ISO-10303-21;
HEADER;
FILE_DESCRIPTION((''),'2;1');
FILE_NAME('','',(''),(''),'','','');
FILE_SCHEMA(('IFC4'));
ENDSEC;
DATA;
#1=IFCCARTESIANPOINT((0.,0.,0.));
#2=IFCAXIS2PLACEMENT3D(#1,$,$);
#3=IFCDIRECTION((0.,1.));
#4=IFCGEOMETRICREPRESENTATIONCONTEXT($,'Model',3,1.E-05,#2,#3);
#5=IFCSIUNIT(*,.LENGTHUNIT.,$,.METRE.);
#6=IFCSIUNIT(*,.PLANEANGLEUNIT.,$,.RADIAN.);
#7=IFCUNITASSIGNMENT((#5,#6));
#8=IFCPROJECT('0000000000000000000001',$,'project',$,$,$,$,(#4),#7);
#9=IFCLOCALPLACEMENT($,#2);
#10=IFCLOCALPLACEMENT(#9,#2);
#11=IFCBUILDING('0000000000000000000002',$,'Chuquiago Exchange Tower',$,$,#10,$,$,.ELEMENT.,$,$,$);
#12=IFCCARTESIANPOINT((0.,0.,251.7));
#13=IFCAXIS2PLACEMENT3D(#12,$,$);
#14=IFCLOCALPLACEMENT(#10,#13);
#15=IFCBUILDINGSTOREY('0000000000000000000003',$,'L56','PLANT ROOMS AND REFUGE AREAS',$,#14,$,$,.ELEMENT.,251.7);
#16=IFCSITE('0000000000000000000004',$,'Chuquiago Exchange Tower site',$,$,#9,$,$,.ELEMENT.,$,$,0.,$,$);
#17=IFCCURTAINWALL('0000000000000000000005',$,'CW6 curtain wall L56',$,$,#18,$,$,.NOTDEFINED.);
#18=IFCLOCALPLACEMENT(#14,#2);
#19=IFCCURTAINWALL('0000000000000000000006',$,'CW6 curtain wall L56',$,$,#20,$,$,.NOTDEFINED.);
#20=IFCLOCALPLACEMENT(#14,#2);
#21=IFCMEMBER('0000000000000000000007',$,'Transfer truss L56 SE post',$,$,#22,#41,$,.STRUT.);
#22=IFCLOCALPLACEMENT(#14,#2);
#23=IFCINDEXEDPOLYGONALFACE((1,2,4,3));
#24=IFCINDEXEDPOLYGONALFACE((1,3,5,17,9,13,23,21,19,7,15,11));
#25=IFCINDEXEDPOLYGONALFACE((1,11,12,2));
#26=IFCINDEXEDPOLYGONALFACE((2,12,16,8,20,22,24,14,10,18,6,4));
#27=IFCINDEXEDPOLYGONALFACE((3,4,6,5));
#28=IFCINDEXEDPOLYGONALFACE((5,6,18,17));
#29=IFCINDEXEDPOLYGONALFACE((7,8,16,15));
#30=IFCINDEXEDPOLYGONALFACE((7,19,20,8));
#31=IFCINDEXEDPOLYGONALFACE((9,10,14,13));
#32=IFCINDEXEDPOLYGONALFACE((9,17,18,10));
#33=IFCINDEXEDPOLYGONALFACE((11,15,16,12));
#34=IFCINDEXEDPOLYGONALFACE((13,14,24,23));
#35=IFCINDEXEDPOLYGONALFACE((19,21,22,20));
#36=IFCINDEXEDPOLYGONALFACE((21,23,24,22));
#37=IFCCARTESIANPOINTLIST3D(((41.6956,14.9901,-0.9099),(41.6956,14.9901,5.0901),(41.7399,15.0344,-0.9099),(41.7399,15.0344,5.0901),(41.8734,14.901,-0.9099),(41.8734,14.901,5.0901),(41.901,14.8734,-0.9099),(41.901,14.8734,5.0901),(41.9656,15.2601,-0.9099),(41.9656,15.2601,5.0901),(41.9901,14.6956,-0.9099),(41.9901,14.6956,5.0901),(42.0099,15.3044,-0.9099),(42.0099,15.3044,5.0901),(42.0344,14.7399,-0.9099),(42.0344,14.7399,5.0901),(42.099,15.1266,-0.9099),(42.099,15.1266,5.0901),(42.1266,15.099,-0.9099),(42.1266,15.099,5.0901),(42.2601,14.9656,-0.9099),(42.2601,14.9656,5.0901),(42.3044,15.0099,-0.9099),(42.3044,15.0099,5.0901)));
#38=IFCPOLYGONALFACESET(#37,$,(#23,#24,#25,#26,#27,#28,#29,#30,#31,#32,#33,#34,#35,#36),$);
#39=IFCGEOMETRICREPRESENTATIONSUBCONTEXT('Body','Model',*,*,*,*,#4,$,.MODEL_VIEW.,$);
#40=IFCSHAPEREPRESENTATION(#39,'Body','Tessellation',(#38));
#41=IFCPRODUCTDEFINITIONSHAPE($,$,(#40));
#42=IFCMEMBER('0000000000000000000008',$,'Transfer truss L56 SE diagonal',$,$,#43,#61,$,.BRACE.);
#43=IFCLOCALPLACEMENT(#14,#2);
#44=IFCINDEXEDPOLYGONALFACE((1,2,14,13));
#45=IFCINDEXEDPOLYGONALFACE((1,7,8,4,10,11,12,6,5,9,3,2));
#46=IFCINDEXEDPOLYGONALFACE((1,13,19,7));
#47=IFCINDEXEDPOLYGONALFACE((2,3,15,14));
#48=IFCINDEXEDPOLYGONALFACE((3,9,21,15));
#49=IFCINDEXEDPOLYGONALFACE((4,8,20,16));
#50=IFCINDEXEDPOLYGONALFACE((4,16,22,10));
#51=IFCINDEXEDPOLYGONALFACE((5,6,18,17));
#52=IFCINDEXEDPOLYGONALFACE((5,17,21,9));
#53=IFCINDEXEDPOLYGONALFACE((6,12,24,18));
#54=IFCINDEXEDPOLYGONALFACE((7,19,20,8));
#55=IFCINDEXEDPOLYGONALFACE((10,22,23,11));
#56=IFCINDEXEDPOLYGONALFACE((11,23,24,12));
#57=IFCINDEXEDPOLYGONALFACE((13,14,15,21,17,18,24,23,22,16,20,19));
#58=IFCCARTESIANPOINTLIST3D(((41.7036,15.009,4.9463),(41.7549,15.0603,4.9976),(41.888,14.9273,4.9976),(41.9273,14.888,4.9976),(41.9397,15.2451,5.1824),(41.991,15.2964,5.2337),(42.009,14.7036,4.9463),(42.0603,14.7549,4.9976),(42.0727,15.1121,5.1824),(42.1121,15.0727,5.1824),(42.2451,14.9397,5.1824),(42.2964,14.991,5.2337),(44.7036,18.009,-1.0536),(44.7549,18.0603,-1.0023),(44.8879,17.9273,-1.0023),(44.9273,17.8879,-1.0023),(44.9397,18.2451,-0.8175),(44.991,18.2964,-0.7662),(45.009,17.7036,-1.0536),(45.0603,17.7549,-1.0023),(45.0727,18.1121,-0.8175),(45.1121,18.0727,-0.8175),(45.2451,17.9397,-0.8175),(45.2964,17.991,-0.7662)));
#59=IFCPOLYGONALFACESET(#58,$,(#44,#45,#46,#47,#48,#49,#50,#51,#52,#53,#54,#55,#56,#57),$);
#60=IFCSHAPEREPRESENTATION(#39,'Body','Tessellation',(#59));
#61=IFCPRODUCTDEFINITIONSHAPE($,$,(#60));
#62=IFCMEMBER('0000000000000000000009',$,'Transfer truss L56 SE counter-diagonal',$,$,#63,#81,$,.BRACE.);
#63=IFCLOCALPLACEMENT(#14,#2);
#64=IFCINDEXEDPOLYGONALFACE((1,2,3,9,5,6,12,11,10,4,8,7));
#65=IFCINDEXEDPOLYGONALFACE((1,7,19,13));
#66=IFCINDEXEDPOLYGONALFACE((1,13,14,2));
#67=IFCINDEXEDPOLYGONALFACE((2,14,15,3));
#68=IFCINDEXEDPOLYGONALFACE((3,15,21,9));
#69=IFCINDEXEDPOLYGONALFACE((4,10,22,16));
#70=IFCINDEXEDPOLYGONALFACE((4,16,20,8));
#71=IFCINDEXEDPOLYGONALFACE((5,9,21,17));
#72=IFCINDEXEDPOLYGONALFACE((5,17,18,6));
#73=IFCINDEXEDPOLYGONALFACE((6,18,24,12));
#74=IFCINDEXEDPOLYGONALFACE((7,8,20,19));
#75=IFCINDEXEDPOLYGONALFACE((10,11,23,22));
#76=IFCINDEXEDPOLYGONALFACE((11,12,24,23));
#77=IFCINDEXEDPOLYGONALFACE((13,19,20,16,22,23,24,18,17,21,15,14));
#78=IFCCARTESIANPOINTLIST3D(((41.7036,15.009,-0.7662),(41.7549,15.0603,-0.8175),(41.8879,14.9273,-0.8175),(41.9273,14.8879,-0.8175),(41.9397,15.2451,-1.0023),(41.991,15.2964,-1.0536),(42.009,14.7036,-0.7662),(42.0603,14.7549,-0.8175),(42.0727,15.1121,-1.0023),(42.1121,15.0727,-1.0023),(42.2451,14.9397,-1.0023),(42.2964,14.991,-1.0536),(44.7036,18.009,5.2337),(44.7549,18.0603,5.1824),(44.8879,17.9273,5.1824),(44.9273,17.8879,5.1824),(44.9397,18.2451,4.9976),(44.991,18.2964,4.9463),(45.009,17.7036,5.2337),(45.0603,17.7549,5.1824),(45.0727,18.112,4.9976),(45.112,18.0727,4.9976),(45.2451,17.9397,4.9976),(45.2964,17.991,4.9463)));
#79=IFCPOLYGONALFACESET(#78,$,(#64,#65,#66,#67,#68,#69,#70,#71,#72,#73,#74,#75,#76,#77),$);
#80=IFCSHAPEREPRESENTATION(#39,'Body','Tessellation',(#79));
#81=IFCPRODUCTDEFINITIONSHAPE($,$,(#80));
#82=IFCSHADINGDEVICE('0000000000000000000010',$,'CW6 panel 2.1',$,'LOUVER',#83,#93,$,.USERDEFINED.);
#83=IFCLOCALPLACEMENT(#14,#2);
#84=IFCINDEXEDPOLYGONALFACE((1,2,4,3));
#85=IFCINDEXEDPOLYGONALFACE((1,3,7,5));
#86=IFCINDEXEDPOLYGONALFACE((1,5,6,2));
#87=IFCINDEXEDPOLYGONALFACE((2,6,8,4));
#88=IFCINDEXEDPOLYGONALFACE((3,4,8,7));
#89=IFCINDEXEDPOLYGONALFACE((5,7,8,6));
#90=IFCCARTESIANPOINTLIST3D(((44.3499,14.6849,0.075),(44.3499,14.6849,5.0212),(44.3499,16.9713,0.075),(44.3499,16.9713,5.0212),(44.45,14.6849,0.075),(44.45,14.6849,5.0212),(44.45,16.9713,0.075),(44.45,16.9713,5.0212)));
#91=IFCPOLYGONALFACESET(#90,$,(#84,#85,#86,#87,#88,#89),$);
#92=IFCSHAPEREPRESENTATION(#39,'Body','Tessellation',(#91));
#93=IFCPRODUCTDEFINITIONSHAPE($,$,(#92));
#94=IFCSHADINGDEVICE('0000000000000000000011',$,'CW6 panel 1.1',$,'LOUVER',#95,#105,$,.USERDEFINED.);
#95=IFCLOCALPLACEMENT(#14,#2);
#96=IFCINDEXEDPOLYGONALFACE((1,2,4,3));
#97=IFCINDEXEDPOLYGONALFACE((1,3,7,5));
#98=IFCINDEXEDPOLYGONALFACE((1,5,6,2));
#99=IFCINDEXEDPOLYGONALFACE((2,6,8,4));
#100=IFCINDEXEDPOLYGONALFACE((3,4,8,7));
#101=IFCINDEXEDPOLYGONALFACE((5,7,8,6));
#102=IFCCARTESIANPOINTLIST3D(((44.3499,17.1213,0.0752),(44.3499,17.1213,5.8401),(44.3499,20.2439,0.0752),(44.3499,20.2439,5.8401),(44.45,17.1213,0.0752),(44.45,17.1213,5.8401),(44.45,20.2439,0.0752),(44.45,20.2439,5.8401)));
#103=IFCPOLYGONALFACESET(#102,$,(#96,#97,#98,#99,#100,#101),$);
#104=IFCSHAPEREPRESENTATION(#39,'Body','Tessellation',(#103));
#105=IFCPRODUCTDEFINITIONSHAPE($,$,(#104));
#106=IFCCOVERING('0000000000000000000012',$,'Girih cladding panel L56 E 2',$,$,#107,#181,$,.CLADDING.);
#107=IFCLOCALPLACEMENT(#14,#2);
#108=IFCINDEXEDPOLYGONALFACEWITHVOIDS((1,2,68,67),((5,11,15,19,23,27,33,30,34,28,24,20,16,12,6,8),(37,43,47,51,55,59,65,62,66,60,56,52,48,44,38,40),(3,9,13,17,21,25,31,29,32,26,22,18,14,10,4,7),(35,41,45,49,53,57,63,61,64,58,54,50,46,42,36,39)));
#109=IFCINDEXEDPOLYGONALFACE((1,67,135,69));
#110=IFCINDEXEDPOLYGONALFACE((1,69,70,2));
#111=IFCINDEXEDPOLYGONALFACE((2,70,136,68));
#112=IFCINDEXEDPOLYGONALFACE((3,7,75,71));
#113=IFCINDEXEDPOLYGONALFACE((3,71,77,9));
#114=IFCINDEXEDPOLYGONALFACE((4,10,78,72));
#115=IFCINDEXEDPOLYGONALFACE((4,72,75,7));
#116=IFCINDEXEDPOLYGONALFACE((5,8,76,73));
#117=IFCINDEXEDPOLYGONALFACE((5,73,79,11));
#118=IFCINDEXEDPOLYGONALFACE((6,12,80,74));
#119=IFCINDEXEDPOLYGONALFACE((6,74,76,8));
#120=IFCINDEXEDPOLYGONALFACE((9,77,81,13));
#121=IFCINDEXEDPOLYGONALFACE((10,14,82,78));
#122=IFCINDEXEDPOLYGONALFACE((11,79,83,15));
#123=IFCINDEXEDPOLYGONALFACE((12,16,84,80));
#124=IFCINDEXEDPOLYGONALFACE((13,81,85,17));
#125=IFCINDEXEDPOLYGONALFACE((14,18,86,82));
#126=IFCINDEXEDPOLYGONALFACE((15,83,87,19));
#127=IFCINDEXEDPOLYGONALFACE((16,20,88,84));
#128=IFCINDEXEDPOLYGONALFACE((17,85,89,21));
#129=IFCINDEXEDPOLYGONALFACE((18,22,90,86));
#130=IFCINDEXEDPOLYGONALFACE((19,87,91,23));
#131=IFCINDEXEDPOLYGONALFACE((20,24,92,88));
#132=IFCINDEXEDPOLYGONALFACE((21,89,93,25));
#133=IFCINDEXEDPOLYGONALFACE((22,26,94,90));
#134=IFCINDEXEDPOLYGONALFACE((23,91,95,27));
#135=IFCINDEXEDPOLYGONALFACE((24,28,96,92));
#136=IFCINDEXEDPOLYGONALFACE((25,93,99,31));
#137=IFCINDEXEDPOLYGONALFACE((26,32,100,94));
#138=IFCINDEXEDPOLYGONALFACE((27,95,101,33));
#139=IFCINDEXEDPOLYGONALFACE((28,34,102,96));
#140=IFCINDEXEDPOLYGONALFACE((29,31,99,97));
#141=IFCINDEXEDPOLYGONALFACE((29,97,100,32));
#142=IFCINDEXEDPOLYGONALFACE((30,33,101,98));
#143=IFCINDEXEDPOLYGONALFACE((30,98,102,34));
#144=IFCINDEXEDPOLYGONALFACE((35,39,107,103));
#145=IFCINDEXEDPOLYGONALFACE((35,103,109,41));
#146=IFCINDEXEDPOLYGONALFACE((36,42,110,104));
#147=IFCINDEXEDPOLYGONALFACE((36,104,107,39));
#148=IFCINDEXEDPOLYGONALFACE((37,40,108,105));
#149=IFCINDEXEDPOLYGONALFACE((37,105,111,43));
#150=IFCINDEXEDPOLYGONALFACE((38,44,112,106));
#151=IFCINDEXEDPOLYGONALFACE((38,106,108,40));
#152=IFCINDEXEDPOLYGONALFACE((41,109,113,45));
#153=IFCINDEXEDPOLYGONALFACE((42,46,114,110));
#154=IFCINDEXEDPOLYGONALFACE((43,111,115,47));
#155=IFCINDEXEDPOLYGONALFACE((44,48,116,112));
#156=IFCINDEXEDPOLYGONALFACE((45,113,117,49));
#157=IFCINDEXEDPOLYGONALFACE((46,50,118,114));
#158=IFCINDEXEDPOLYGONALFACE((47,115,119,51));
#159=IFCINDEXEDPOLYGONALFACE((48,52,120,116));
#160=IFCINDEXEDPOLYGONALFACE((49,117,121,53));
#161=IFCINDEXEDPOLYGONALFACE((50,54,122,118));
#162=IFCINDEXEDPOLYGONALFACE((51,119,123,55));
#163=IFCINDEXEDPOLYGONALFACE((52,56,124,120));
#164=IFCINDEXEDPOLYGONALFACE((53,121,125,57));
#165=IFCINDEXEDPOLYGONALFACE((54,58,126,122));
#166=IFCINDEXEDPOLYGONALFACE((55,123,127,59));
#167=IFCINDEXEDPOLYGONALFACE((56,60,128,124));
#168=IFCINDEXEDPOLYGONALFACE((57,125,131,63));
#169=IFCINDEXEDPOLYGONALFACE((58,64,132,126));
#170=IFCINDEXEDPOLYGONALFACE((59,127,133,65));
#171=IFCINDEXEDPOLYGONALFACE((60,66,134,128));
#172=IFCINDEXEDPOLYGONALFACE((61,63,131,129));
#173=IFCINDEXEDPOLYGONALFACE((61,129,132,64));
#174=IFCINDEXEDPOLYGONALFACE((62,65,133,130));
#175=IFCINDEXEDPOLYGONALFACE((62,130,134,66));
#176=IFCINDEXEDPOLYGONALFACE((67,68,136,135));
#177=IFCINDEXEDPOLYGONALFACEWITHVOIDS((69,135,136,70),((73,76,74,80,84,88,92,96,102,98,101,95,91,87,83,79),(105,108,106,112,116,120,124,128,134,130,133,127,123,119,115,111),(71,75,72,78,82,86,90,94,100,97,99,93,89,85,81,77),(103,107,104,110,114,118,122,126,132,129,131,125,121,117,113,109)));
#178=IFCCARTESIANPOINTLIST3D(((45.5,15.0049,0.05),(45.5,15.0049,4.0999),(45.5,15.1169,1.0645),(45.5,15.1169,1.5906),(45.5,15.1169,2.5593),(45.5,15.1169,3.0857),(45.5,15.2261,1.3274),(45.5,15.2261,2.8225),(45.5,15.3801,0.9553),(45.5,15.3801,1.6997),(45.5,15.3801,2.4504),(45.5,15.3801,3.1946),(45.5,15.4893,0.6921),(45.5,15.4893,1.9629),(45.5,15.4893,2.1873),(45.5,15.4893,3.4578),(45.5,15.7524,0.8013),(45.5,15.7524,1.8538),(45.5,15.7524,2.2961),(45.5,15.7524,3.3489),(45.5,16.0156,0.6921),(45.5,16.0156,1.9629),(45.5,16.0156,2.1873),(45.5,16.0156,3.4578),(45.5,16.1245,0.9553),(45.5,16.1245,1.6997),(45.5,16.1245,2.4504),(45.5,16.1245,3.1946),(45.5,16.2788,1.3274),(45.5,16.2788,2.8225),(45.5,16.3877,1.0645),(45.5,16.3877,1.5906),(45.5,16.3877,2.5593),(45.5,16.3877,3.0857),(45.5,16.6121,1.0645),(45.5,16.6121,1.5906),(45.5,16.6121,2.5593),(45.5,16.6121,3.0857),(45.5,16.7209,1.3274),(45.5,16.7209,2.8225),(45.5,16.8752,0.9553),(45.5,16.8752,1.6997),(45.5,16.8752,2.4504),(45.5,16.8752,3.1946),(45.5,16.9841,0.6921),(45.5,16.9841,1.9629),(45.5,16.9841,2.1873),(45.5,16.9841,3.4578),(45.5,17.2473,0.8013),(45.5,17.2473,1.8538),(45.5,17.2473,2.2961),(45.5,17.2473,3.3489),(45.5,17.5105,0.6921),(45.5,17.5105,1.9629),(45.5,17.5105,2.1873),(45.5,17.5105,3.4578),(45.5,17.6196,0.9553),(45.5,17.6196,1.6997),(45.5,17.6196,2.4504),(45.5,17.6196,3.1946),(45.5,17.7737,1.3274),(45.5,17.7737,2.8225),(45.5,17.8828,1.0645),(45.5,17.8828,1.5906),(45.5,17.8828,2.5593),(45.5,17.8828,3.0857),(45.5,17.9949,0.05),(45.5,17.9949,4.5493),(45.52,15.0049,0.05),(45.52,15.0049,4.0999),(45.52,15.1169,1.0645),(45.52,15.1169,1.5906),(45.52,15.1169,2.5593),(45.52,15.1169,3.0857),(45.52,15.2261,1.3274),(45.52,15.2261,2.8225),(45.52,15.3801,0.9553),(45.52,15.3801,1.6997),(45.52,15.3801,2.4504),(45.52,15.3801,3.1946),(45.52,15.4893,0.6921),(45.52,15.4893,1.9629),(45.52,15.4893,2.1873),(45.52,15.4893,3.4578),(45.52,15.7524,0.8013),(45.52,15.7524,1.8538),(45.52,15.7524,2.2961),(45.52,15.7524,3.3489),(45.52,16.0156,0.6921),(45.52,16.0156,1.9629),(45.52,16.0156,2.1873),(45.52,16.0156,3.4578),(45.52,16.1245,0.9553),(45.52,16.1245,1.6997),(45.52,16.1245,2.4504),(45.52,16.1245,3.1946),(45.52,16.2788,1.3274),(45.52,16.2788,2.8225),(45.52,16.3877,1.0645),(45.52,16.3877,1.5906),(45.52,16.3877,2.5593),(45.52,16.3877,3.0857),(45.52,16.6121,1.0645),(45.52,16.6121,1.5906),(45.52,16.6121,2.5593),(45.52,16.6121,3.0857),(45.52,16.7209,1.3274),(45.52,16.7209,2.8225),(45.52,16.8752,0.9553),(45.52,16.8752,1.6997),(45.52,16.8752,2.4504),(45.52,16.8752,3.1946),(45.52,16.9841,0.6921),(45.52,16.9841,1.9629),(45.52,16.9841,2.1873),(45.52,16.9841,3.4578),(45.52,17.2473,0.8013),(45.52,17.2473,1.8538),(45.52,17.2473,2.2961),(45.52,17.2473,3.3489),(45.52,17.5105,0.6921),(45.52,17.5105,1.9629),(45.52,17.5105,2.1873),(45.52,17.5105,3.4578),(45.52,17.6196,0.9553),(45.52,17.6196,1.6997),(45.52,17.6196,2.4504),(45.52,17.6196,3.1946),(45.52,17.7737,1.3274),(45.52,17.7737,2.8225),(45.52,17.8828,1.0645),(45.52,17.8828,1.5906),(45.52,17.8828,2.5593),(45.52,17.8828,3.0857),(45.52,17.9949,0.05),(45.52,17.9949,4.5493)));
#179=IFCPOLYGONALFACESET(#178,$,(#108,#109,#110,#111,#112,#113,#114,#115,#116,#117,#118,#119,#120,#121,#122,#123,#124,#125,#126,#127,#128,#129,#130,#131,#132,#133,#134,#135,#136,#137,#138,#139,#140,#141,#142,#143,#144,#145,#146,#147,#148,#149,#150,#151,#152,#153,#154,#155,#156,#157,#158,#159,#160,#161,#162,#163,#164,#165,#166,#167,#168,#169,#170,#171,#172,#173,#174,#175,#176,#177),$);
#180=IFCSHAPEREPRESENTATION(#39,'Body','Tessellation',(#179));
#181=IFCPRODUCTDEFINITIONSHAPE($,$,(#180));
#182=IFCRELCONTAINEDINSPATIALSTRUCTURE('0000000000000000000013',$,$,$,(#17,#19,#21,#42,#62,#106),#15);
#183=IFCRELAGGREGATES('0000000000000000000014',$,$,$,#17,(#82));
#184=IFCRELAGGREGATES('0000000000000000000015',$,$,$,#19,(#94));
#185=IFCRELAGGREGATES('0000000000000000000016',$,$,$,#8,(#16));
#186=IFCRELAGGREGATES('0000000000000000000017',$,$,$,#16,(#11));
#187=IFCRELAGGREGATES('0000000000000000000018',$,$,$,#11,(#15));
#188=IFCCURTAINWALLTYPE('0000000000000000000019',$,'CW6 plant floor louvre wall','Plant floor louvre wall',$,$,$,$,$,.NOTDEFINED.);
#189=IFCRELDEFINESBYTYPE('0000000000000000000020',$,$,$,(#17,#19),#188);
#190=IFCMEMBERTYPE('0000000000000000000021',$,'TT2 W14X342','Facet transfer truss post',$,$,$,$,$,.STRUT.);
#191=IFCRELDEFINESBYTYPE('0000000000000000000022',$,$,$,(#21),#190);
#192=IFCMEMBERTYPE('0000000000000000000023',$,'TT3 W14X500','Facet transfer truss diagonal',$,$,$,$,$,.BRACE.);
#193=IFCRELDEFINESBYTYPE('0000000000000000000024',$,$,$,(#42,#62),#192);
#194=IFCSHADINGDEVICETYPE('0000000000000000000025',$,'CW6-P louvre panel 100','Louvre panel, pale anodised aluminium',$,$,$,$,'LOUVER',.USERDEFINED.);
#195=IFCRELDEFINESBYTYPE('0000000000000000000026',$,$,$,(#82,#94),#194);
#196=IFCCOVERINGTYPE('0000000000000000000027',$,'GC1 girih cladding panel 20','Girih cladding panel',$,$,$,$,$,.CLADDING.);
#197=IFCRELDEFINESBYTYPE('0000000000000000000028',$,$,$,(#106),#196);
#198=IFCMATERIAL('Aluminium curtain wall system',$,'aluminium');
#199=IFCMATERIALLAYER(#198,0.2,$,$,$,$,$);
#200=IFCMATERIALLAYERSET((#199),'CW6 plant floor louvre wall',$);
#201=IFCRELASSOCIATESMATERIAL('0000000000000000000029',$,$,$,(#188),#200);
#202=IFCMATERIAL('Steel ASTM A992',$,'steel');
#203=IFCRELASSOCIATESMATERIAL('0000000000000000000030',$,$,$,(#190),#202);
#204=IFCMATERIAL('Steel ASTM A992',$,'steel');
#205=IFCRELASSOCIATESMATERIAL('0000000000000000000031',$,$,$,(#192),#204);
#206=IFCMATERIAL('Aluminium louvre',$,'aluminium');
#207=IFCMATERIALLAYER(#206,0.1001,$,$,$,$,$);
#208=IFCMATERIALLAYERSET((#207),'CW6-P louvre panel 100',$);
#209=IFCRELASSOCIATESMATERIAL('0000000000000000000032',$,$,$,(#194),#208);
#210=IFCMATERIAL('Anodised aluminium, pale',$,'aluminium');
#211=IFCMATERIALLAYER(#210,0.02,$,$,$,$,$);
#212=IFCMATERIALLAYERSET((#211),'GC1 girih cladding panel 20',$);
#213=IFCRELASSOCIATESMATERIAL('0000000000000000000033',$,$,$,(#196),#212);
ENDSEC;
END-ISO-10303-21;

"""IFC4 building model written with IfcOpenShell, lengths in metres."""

from ifc_helpers import new_model, si_unit, direction, frame, origin, origin_2d, place, context, subcontext, project, spatial, polyline, rectangle, i_section, outline, extrude, material, layer, layer_set, material_profile, profile_set, type_object, element, aggregate, save


model = new_model("IFC4")

# Units and contexts
model_context = context("Model", 3, precision=1e-05, world=origin(), true_north=direction((0.0, 1.0)))
body_context = subcontext(model_context, "Body", "Model", "MODEL_VIEW")
ifc_project = project(units=[si_unit("LENGTHUNIT", "METRE"), si_unit("PLANEANGLEUNIT", "RADIAN")], contexts=[model_context])

# Site, building, storey
site_placement = place(None, origin())
site = spatial("IfcSite", under=ifc_project, at=site_placement, Name="Chuquiago Exchange Tower site", CompositionType="ELEMENT", RefElevation=0.0)
building_placement = place(site_placement, origin())
building = spatial("IfcBuilding", under=site, at=building_placement, Name="Chuquiago Exchange Tower", CompositionType="ELEMENT")
storey_placement = place(building_placement, frame((0.0, 0.0, 251.7)))
storey = spatial("IfcBuildingStorey", under=building, at=storey_placement, Name="L56", Description="PLANT ROOMS AND REFUGE AREAS", CompositionType="ELEMENT", Elevation=251.7)

# Curtain wall
ifc_material_1 = material(Name="Aluminium curtain wall system", Category="aluminium")
ifc_layer_1 = layer(ifc_material_1, 0.2)
ifc_layer_set_1 = layer_set([ifc_layer_1], Name="CW6 plant floor louvre wall")
curtain_wall_type = type_object("IfcCurtainWallType", Name="CW6 plant floor louvre wall", Description="Plant floor louvre wall", PredefinedType="NOTDEFINED", material=ifc_layer_set_1)
curtain_wall_1_placement = place(storey_placement, origin())
curtain_wall_1 = element("IfcCurtainWall", 1, at=curtain_wall_1_placement, inside=storey, type_object=curtain_wall_type, Name="CW6 curtain wall L56", PredefinedType="NOTDEFINED")

# Curtain wall
curtain_wall_2_placement = place(storey_placement, origin())
curtain_wall_2 = element("IfcCurtainWall", 2, at=curtain_wall_2_placement, inside=storey, type_object=curtain_wall_type, Name="CW6 curtain wall L56", PredefinedType="NOTDEFINED")

# Members
ifc_material_2 = material(Name="Steel ASTM A992", Category="steel")
ifc_material_profile_1 = material_profile(ifc_material_2, i_section(OverallWidth=0.4165, OverallDepth=0.4446, WebThickness=0.0391, FlangeThickness=0.0627, at=origin_2d()), Name="W14X342")
ifc_profile_set_1 = profile_set([ifc_material_profile_1], Name="Steel ASTM A992")
member_type_1 = type_object("IfcMemberType", Name="TT2 W14X342", Description="Facet transfer truss post", PredefinedType="STRUT", material=ifc_profile_set_1)
member_1_placement = place(storey_placement, frame((42.0, 15.0, -0.9099), z_axis=(0.0, 0.0, 1.0), x_axis=(0.707107, -0.707107, 0.0)))
element("IfcMember", 3, at=member_1_placement, inside=storey, type_object=member_type_1, Name="Transfer truss L56 SE post", PredefinedType="STRUT", context=body_context, shape_type="SweptSolid", body=[
    extrude(i_section(OverallWidth=0.4165, OverallDepth=0.4446, WebThickness=0.0391, FlangeThickness=0.0627, at=origin_2d()), origin(), (0.0, 0.0, 1.0), 6.0),
])
ifc_material_3 = material(Name="Steel ASTM A992", Category="steel")
ifc_material_profile_2 = material_profile(ifc_material_3, i_section(OverallWidth=0.4319, OverallDepth=0.4978, WebThickness=0.0557, FlangeThickness=0.0889, at=origin_2d()), Name="W14X500")
ifc_profile_set_2 = profile_set([ifc_material_profile_2], Name="Steel ASTM A992")
member_type_2 = type_object("IfcMemberType", Name="TT3 W14X500", Description="Facet transfer truss diagonal", PredefinedType="BRACE", material=ifc_profile_set_2)
for number, where, z_axis, x_axis, name in (
    (4, (45.0, 18.0, -0.9099), (-0.408248, -0.408248, 0.816497), (0.707107, -0.707107, 0.0), "Transfer truss L56 SE diagonal"),
    (5, (42.0, 15.0, -0.9099), (0.408248, 0.408248, 0.816497), (-0.707107, 0.707107, 0.0), "Transfer truss L56 SE counter-diagonal"),
):
    element("IfcMember", number, at=place(storey_placement, frame(where, z_axis=z_axis, x_axis=x_axis)), inside=storey, type_object=member_type_2, Name=name, PredefinedType="BRACE", context=body_context, shape_type="SweptSolid", body=[
        extrude(i_section(OverallWidth=0.4319, OverallDepth=0.4978, WebThickness=0.0557, FlangeThickness=0.0889, at=origin_2d()), origin(), (0.0, 0.0, 1.0), 7.3484),
    ])

# Shading devices
ifc_material_4 = material(Name="Aluminium louvre", Category="aluminium")
ifc_layer_2 = layer(ifc_material_4, 0.1001)
ifc_layer_set_2 = layer_set([ifc_layer_2], Name="CW6-P louvre panel 100")
shading_device_type = type_object("IfcShadingDeviceType", Name="CW6-P louvre panel 100", Description="Louvre panel, pale anodised aluminium", ElementType="LOUVER", PredefinedType="USERDEFINED", material=ifc_layer_set_2)
shading_device_1_placement = place(storey_placement, frame((44.3999, 15.8281, 0.075), z_axis=(0.0, 0.0, 1.0), x_axis=(0.0, 1.0, 0.0)))
shading_device_1 = element("IfcShadingDevice", 6, at=shading_device_1_placement, type_object=shading_device_type, Name="CW6 panel 2.1", ObjectType="LOUVER", PredefinedType="USERDEFINED", context=body_context, shape_type="SweptSolid", body=[
    extrude(rectangle(XDim=2.2864, YDim=0.1001, at=origin_2d()), origin(), (0.0, 0.0, 1.0), 4.9463),
])
aggregate(curtain_wall_1, [shading_device_1])
shading_device_2_placement = place(storey_placement, frame((44.3999, 18.6826, 0.0752), z_axis=(0.0, 0.0, 1.0), x_axis=(0.0, 1.0, 0.0)))
shading_device_2 = element("IfcShadingDevice", 7, at=shading_device_2_placement, type_object=shading_device_type, Name="CW6 panel 1.1", ObjectType="LOUVER", PredefinedType="USERDEFINED", context=body_context, shape_type="SweptSolid", body=[
    extrude(rectangle(XDim=3.1226, YDim=0.1001, at=origin_2d()), origin(), (0.0, 0.0, 1.0), 5.7649),
])
aggregate(curtain_wall_2, [shading_device_2])

# Covering
ifc_material_5 = material(Name="Anodised aluminium, pale", Category="aluminium")
ifc_layer_3 = layer(ifc_material_5, 0.02)
ifc_layer_set_3 = layer_set([ifc_layer_3], Name="GC1 girih cladding panel 20")
covering_type = type_object("IfcCoveringType", Name="GC1 girih cladding panel 20", Description="Girih cladding panel", PredefinedType="CLADDING", material=ifc_layer_set_3)
covering_1_placement = place(storey_placement, frame((45.5, 15.0049, 0.05), z_axis=(0.0, 0.0, 1.0), x_axis=(0.0, 1.0, 0.0)))
element("IfcCovering", 8, at=covering_1_placement, inside=storey, type_object=covering_type, Name="Girih cladding panel L56 E 2", PredefinedType="CLADDING", context=body_context, shape_type="SweptSolid", body=[
    extrude(outline(polyline([(0.0, 0.0), (2.99, 0.0), (2.99, 4.4993), (0.0, 4.0498), (0.0, 0.0)]), holes=[polyline([(1.2739, 1.2773), (1.3828, 1.5405), (1.1196, 1.6497), (1.0107, 1.9128), (0.7476, 1.8037), (0.4844, 1.9128), (0.3752, 1.6497), (0.1121, 1.5405), (0.2212, 1.2773), (0.1121, 1.0144), (0.3752, 0.9053), (0.4844, 0.6421), (0.7476, 0.7512), (1.0107, 0.6421), (1.1196, 0.9053), (1.3828, 1.0144), (1.2739, 1.2773)]), polyline([(2.7688, 1.2773), (2.8779, 1.5405), (2.6147, 1.6497), (2.5056, 1.9128), (2.2424, 1.8037), (1.9792, 1.9128), (1.8704, 1.6497), (1.6072, 1.5405), (1.7161, 1.2773), (1.6072, 1.0144), (1.8704, 0.9053), (1.9792, 0.6421), (2.2424, 0.7512), (2.5056, 0.6421), (2.6147, 0.9053), (2.8779, 1.0144), (2.7688, 1.2773)]), polyline([(1.2739, 2.7725), (1.3828, 3.0356), (1.1196, 3.1445), (1.0107, 3.4077), (0.7476, 3.2988), (0.4844, 3.4077), (0.3752, 3.1445), (0.1121, 3.0356), (0.2212, 2.7725), (0.1121, 2.5093), (0.3752, 2.4004), (0.4844, 2.1372), (0.7476, 2.2461), (1.0107, 2.1372), (1.1196, 2.4004), (1.3828, 2.5093), (1.2739, 2.7725)]), polyline([(2.7688, 2.7725), (2.8779, 3.0356), (2.6147, 3.1445), (2.5056, 3.4077), (2.2424, 3.2988), (1.9792, 3.4077), (1.8704, 3.1445), (1.6072, 3.0356), (1.7161, 2.7725), (1.6072, 2.5093), (1.8704, 2.4004), (1.9792, 2.1372), (2.2424, 2.2461), (2.5056, 2.1372), (2.6147, 2.4004), (2.8779, 2.5093), (2.7688, 2.7725)])]), frame((0.0, 0.0, 0.0), z_axis=(0.0, -1.0, 0.0), x_axis=(1.0, 0.0, 0.0)), (0.0, 0.0, 1.0), 0.02),
])

save(model, "model.ifc")
